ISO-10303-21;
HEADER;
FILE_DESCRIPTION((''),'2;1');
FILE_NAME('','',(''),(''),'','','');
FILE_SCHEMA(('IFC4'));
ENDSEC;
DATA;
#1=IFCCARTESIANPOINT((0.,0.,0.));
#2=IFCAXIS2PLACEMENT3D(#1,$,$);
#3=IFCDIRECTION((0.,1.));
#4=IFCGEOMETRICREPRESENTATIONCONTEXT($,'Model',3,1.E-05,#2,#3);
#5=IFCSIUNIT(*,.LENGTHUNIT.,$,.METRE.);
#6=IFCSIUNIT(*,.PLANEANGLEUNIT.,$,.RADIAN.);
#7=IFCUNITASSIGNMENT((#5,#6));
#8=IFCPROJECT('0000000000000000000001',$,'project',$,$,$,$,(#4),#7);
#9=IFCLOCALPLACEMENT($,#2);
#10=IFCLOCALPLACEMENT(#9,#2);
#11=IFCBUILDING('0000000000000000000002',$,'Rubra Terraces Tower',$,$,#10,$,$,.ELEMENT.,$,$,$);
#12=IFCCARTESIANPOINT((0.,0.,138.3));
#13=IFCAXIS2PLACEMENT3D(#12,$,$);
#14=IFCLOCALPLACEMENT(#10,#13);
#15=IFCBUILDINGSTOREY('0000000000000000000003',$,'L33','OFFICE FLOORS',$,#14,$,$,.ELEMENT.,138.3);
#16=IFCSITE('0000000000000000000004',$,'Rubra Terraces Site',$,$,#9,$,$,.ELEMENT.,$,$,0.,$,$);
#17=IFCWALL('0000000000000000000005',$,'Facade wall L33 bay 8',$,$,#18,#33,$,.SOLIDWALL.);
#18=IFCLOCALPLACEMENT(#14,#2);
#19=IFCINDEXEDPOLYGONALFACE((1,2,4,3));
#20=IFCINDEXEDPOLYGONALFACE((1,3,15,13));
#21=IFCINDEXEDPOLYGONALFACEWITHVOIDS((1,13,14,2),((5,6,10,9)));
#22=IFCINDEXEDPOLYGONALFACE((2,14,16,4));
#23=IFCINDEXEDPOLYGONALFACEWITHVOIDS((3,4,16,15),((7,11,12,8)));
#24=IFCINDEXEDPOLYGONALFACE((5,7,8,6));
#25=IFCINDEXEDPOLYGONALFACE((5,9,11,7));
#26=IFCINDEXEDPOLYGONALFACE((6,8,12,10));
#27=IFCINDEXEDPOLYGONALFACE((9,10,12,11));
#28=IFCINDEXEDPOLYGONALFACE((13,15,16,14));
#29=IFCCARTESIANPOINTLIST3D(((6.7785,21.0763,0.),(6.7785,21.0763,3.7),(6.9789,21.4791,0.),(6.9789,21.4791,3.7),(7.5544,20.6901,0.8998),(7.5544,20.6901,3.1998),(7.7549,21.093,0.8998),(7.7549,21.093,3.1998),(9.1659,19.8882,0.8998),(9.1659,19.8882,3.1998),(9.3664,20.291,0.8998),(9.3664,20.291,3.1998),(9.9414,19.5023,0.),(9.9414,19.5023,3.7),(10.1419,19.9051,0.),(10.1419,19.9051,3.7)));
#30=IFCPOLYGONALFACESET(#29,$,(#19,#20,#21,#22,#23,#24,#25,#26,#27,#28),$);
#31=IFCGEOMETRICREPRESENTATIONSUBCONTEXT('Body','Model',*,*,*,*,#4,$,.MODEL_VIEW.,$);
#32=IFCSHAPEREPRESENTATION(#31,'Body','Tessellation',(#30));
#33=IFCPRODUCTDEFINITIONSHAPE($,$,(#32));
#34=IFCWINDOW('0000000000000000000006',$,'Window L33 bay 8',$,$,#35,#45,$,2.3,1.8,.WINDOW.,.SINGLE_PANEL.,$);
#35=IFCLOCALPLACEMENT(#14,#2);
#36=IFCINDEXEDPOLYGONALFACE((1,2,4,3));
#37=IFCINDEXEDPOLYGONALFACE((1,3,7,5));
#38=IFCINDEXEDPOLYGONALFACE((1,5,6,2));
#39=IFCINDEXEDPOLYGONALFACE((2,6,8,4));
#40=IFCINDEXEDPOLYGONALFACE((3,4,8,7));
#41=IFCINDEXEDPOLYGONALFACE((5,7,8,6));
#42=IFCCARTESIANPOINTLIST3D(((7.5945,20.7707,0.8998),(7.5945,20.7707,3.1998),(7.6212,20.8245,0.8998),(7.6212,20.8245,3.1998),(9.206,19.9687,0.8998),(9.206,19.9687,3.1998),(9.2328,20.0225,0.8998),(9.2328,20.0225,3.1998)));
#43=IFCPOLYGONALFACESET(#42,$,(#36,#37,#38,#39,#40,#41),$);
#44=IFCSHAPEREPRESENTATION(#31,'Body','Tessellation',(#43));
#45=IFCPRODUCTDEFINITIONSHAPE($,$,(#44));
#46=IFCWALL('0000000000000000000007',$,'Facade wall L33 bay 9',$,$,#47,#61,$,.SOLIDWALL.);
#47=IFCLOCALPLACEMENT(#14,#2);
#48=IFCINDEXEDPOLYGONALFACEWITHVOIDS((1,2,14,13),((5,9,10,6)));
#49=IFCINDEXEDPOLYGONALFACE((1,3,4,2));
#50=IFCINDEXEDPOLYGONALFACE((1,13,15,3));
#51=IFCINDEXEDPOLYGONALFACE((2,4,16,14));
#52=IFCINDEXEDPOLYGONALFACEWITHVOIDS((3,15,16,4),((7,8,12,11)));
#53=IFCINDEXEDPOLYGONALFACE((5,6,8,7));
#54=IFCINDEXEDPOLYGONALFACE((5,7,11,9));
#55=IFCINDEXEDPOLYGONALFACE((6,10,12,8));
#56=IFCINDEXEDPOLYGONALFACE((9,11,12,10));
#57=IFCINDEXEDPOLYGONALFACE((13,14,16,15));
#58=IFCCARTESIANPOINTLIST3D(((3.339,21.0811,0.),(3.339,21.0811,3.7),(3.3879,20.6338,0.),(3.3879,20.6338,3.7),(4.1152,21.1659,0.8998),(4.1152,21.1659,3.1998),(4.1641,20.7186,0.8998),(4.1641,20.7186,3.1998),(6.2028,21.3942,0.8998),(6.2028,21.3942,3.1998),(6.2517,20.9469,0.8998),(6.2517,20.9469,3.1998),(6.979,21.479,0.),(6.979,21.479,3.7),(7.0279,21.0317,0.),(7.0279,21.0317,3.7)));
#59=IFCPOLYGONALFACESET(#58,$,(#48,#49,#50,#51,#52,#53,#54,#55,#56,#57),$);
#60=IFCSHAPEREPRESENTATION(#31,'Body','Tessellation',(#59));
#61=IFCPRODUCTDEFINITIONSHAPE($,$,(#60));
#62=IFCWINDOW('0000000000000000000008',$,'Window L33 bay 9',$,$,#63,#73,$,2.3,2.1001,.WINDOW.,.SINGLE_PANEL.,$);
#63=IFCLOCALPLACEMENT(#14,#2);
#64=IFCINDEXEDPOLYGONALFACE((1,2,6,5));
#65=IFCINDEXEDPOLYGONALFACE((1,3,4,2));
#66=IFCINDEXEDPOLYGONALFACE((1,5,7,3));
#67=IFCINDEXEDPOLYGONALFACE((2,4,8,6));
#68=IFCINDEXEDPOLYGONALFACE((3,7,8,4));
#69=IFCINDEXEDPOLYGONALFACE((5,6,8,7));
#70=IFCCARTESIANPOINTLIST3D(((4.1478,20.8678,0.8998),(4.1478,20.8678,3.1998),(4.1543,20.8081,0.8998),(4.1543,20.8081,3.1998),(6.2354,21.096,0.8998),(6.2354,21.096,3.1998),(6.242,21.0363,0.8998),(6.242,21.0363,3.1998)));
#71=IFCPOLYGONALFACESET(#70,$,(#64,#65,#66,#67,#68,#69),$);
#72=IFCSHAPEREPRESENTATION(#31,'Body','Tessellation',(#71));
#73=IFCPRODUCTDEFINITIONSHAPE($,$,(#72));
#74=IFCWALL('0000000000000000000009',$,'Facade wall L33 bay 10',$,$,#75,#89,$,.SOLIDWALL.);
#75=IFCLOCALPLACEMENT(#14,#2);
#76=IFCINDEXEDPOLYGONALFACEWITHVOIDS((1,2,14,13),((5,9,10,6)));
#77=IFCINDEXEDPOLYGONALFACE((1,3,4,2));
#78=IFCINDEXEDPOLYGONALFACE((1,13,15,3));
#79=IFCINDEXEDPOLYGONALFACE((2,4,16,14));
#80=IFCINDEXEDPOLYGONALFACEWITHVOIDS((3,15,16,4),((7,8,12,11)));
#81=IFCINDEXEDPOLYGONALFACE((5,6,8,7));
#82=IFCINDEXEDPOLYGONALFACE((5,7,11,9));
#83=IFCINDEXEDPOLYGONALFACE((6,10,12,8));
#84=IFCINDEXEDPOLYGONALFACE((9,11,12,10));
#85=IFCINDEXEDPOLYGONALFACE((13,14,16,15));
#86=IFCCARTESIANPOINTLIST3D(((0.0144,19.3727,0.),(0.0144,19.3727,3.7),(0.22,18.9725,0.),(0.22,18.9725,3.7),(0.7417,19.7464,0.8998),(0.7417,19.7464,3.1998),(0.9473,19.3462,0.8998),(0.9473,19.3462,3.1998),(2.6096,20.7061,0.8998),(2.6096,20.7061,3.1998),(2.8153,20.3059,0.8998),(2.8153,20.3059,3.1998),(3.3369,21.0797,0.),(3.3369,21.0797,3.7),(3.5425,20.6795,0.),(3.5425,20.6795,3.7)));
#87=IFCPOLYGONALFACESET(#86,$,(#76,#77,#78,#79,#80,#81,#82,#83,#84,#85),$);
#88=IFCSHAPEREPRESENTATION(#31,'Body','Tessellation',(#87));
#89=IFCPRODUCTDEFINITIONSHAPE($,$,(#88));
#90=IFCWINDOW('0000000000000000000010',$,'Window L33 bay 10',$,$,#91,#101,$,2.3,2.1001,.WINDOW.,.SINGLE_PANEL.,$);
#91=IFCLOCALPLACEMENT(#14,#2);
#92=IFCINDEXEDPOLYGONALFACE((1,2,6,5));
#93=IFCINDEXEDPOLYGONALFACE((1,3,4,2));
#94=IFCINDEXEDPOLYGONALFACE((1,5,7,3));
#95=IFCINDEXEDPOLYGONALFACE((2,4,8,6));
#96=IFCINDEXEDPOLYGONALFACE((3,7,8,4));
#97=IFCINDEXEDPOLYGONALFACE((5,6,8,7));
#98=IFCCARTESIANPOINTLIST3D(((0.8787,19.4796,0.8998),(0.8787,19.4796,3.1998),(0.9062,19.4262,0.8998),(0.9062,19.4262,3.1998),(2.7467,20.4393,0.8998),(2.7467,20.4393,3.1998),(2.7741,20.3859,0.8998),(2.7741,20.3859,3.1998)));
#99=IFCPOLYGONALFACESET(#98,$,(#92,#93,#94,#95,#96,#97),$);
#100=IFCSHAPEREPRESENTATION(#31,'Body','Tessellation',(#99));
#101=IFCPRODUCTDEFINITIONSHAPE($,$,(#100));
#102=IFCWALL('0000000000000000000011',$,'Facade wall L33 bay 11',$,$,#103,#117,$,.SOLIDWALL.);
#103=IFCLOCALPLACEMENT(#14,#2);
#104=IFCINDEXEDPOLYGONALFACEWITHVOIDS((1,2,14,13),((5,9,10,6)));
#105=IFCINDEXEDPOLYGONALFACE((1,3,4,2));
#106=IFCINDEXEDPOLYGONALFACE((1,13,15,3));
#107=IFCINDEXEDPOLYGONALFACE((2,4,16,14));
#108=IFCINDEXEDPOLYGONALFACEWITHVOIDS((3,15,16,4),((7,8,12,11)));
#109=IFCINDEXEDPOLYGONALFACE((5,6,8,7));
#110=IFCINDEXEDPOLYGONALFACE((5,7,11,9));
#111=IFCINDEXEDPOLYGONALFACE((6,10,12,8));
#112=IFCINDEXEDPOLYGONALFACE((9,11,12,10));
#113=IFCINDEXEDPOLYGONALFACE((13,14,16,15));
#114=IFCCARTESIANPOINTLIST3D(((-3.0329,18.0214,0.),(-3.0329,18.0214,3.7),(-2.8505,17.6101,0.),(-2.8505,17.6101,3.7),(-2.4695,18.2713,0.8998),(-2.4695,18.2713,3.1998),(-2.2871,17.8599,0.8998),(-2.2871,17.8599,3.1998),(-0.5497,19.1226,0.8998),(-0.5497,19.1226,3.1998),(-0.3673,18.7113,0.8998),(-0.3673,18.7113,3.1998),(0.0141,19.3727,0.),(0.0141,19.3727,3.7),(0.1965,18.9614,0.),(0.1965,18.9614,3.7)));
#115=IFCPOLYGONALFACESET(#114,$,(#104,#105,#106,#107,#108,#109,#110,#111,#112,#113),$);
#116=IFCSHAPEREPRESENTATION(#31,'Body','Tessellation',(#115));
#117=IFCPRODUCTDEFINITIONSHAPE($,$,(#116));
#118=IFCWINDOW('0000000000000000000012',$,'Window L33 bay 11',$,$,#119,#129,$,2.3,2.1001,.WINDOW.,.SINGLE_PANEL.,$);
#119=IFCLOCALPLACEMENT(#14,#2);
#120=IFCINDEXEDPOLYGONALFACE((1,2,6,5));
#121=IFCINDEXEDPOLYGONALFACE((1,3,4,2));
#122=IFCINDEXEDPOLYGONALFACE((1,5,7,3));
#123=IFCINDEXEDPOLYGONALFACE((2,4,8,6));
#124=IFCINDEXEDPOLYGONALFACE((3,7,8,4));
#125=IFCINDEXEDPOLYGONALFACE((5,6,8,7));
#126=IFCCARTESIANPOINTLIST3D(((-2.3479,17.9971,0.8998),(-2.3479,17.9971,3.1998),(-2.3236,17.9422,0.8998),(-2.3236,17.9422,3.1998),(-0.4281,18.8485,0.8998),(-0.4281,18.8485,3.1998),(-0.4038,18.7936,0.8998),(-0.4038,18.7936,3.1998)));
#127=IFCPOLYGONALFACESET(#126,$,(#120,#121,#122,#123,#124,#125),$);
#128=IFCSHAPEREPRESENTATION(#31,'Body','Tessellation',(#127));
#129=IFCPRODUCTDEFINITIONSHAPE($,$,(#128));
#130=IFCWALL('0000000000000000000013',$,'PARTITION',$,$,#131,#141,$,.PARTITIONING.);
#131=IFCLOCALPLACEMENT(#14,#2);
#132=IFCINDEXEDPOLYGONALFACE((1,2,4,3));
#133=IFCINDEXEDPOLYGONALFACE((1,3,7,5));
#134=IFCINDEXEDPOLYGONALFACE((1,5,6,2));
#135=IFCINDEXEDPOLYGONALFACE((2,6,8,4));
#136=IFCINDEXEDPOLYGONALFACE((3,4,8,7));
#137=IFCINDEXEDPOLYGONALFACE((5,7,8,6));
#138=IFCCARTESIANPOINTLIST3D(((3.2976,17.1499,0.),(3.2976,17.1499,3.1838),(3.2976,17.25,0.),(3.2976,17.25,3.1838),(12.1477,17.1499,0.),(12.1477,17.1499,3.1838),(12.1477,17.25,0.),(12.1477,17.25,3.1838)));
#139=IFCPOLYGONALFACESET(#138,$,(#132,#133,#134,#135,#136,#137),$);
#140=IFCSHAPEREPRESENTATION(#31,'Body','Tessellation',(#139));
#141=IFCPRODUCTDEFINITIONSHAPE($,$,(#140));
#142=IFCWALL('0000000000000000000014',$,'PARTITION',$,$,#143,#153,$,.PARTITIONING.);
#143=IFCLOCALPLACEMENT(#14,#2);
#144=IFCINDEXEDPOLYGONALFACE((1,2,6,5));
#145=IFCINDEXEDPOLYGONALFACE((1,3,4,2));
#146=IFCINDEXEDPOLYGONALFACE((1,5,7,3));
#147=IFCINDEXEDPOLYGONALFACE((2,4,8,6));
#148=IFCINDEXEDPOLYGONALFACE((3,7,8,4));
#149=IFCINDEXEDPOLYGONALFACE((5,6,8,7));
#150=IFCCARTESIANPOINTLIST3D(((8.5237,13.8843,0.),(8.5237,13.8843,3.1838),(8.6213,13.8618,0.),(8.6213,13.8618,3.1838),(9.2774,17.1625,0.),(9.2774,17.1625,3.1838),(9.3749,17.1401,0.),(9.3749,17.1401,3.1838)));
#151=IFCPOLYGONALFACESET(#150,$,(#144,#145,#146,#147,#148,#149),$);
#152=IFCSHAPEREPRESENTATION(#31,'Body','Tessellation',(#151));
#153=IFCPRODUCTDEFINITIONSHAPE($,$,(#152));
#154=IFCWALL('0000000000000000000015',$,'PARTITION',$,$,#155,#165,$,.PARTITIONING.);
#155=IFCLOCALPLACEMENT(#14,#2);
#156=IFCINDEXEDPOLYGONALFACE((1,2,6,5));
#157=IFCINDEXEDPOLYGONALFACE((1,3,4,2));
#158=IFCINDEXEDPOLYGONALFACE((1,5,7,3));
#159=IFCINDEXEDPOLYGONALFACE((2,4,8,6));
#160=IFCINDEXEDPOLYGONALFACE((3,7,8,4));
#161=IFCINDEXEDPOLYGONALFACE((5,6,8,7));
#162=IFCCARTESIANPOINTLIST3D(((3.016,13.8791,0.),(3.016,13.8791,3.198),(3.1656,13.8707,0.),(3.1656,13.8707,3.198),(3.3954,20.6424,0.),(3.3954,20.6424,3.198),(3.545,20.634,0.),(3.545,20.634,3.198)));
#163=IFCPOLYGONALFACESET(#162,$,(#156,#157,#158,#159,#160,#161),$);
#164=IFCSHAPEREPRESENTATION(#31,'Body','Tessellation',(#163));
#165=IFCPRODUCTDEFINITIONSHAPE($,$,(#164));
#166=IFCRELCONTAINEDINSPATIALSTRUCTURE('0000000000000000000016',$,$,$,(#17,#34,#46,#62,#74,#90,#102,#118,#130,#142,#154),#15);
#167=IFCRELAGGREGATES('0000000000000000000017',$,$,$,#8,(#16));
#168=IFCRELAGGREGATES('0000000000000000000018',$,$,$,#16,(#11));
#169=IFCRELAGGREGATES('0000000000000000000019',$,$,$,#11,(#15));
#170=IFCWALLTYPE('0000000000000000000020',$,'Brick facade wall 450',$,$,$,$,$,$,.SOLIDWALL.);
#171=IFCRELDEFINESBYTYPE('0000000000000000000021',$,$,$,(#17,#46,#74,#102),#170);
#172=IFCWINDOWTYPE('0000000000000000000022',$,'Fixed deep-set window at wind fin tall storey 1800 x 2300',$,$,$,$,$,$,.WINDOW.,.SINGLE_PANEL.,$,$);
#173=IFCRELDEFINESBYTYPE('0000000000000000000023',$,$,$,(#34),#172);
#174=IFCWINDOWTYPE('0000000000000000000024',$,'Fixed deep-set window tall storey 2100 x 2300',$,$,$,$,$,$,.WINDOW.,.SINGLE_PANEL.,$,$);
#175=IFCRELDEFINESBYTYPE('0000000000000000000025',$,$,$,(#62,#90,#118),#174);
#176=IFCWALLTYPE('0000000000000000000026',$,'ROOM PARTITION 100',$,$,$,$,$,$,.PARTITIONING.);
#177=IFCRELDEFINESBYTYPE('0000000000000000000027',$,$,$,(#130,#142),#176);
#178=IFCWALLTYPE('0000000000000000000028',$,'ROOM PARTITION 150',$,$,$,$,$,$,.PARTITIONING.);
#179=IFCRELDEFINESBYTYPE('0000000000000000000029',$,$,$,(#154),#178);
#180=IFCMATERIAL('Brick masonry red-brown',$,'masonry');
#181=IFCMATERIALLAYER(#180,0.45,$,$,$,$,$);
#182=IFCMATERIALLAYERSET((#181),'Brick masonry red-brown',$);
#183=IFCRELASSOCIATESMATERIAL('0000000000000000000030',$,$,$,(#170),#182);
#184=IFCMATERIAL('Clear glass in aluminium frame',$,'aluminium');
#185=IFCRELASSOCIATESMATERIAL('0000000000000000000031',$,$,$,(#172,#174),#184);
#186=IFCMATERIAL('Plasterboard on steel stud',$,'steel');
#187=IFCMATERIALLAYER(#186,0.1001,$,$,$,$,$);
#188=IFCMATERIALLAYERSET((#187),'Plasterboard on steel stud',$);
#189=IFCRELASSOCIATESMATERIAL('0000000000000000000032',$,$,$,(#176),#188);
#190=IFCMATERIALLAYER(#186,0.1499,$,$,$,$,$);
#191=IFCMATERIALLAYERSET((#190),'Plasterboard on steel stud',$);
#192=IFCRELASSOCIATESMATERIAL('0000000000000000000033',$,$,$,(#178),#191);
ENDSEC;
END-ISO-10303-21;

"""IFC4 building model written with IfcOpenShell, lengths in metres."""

from ifc_helpers import new_model, si_unit, direction, frame, frame_2d, origin, place, context, subcontext, project, spatial, rectangle, extrude, material, layer, layer_set, type_object, element, fill, save


model = new_model("IFC4")

# Units and contexts
model_context = context("Model", 3, precision=1e-05, world=origin(), true_north=direction((0.0, 1.0)))
body_context = subcontext(model_context, "Body", "Model", "MODEL_VIEW")
ifc_project = project(units=[si_unit("LENGTHUNIT", "METRE"), si_unit("PLANEANGLEUNIT", "RADIAN")], contexts=[model_context])

# Site, building, storey
site_placement = place(None, origin())
site = spatial("IfcSite", under=ifc_project, at=site_placement, Name="Rubra Terraces Site", CompositionType="ELEMENT", RefElevation=0.0)
building_placement = place(site_placement, origin())
building = spatial("IfcBuilding", under=site, at=building_placement, Name="Rubra Terraces Tower", CompositionType="ELEMENT")
storey_placement = place(building_placement, frame((0.0, 0.0, 138.3)))
storey = spatial("IfcBuildingStorey", under=building, at=storey_placement, Name="L33", Description="OFFICE FLOORS", CompositionType="ELEMENT", Elevation=138.3)

# Walls, openings, windows
ifc_material_1 = material(Name="Brick masonry red-brown", Category="masonry")
ifc_layer_1 = layer(ifc_material_1, 0.45)
ifc_layer_set_1 = layer_set([ifc_layer_1], Name="Brick masonry red-brown")
wall_type_1 = type_object("IfcWallType", Name="Brick facade wall 450", PredefinedType="SOLIDWALL", material=ifc_layer_set_1)
wall_1_placement = place(storey_placement, frame((10.0417, 19.7036, 0.0), z_axis=(0.0, 0.0, 1.0), x_axis=(-0.895269, 0.445527, 0.0)))
wall_1 = element("IfcWall", 1, at=wall_1_placement, inside=storey, type_object=wall_type_1, Name="Facade wall L33 bay 8", PredefinedType="SOLIDWALL", context=body_context, shape_type="SweptSolid", body=[
    extrude(rectangle(XDim=3.533, YDim=0.45, at=frame_2d((1.7666, 0.0))), origin(), (0.0, 0.0, 1.0), 3.7),
])
opening_1_placement = place(wall_1_placement, frame((0.8665, 0.0, 0.8999)))
opening_1 = element("IfcOpeningElement", 2, at=opening_1_placement, cuts=wall_1, PredefinedType="OPENING", context=body_context, shape_type="SweptSolid", body=[
    extrude(rectangle(XDim=1.8, YDim=2.3, at=frame_2d((0.8999, 1.1499))), frame((0.0, 0.2349, 0.0), z_axis=(0.0, -1.0, 0.0), x_axis=(1.0, 0.0, 0.0)), (0.0, 0.0, 1.0), 0.47),
])
ifc_material_2 = material(Name="Clear glass in aluminium frame", Category="aluminium")
window_type_1 = type_object("IfcWindowType", Name="Fixed deep-set window at wind fin tall storey 1800 x 2300", PartitioningType="SINGLE_PANEL", PredefinedType="WINDOW", material=ifc_material_2)
window_1_placement = place(opening_1_placement, origin())
window_1 = element("IfcWindow", 3, at=window_1_placement, inside=storey, type_object=window_type_1, Name="Window L33 bay 8", OverallHeight=2.3, OverallWidth=1.8, PartitioningType="SINGLE_PANEL", PredefinedType="WINDOW", context=body_context, shape_type="SweptSolid", body=[
    extrude(rectangle(XDim=1.8, YDim=2.3, at=frame_2d((0.8999, 1.1499))), frame((0.0, 0.135, 0.0), z_axis=(0.0, -1.0, 0.0), x_axis=(1.0, 0.0, 0.0)), (0.0, 0.0, 1.0), 0.0601),
])
fill(opening_1, window_1)
wall_2_placement = place(storey_placement, frame((7.0034, 21.2554, 0.0), z_axis=(0.0, 0.0, 1.0), x_axis=(-0.994077, -0.108682, 0.0)))
wall_2 = element("IfcWall", 4, at=wall_2_placement, inside=storey, type_object=wall_type_1, Name="Facade wall L33 bay 9", PredefinedType="SOLIDWALL", context=body_context, shape_type="SweptSolid", body=[
    extrude(rectangle(XDim=3.6616, YDim=0.45, at=frame_2d((1.8308, 0.0))), origin(), (0.0, 0.0, 1.0), 3.7),
])
opening_2_placement = place(wall_2_placement, frame((0.7808, 0.0, 0.8999)))
opening_2 = element("IfcOpeningElement", 5, at=opening_2_placement, cuts=wall_2, PredefinedType="OPENING", context=body_context, shape_type="SweptSolid", body=[
    extrude(rectangle(XDim=2.1001, YDim=2.3, at=frame_2d((1.05, 1.1499))), frame((0.0, 0.2349, 0.0), z_axis=(0.0, -1.0, 0.0), x_axis=(1.0, 0.0, 0.0)), (0.0, 0.0, 1.0), 0.47),
])
window_type_2 = type_object("IfcWindowType", Name="Fixed deep-set window tall storey 2100 x 2300", PartitioningType="SINGLE_PANEL", PredefinedType="WINDOW", material=ifc_material_2)
window_2_placement = place(opening_2_placement, origin())
window_2 = element("IfcWindow", 6, at=window_2_placement, inside=storey, type_object=window_type_2, Name="Window L33 bay 9", OverallHeight=2.3, OverallWidth=2.1001, PartitioningType="SINGLE_PANEL", PredefinedType="WINDOW", context=body_context, shape_type="SweptSolid", body=[
    extrude(rectangle(XDim=2.1001, YDim=2.3, at=frame_2d((1.05, 1.1499))), frame((0.0, 0.135, 0.0), z_axis=(0.0, -1.0, 0.0), x_axis=(1.0, 0.0, 0.0)), (0.0, 0.0, 1.0), 0.0601),
])
fill(opening_2, window_2)
wall_3_placement = place(storey_placement, frame((3.4397, 20.8796, 0.0), z_axis=(0.0, 0.0, 1.0), x_axis=(-0.889472, -0.456991, 0.0)))
wall_3 = element("IfcWall", 7, at=wall_3_placement, inside=storey, type_object=wall_type_1, Name="Facade wall L33 bay 10", PredefinedType="SOLIDWALL", context=body_context, shape_type="SweptSolid", body=[
    extrude(rectangle(XDim=3.7354, YDim=0.45, at=frame_2d((1.8677, 0.0))), origin(), (0.0, 0.0, 1.0), 3.7),
])
opening_3_placement = place(wall_3_placement, frame((0.8176, 0.0, 0.8999)))
opening_3 = element("IfcOpeningElement", 8, at=opening_3_placement, cuts=wall_3, PredefinedType="OPENING", context=body_context, shape_type="SweptSolid", body=[
    extrude(rectangle(XDim=2.1001, YDim=2.3, at=frame_2d((1.05, 1.1499))), frame((0.0, 0.2349, 0.0), z_axis=(0.0, -1.0, 0.0), x_axis=(1.0, 0.0, 0.0)), (0.0, 0.0, 1.0), 0.47),
])
window_3_placement = place(opening_3_placement, origin())
window_3 = element("IfcWindow", 9, at=window_3_placement, inside=storey, type_object=window_type_2, Name="Window L33 bay 10", OverallHeight=2.3, OverallWidth=2.1001, PartitioningType="SINGLE_PANEL", PredefinedType="WINDOW", context=body_context, shape_type="SweptSolid", body=[
    extrude(rectangle(XDim=2.1001, YDim=2.3, at=frame_2d((1.05, 1.1499))), frame((0.0, 0.135, 0.0), z_axis=(0.0, -1.0, 0.0), x_axis=(1.0, 0.0, 0.0)), (0.0, 0.0, 1.0), 0.0601),
])
fill(opening_3, window_3)
wall_4_placement = place(storey_placement, frame((0.1052, 19.167, 0.0), z_axis=(0.0, 0.0, 1.0), x_axis=(-0.91414, -0.405398, 0.0)))
wall_4 = element("IfcWall", 10, at=wall_4_placement, inside=storey, type_object=wall_type_1, Name="Facade wall L33 bay 11", PredefinedType="SOLIDWALL", context=body_context, shape_type="SweptSolid", body=[
    extrude(rectangle(XDim=3.3333, YDim=0.45, at=frame_2d((1.6665, 0.0))), origin(), (0.0, 0.0, 1.0), 3.7),
])
opening_4_placement = place(wall_4_placement, frame((0.6167, 0.0, 0.8999)))
opening_4 = element("IfcOpeningElement", 11, at=opening_4_placement, cuts=wall_4, PredefinedType="OPENING", context=body_context, shape_type="SweptSolid", body=[
    extrude(rectangle(XDim=2.1001, YDim=2.3, at=frame_2d((1.05, 1.1499))), frame((0.0, 0.2349, 0.0), z_axis=(0.0, -1.0, 0.0), x_axis=(1.0, 0.0, 0.0)), (0.0, 0.0, 1.0), 0.47),
])
window_4_placement = place(opening_4_placement, origin())
window_4 = element("IfcWindow", 12, at=window_4_placement, inside=storey, type_object=window_type_2, Name="Window L33 bay 11", OverallHeight=2.3, OverallWidth=2.1001, PartitioningType="SINGLE_PANEL", PredefinedType="WINDOW", context=body_context, shape_type="SweptSolid", body=[
    extrude(rectangle(XDim=2.1001, YDim=2.3, at=frame_2d((1.05, 1.1499))), frame((0.0, 0.135, 0.0), z_axis=(0.0, -1.0, 0.0), x_axis=(1.0, 0.0, 0.0)), (0.0, 0.0, 1.0), 0.0601),
])
fill(opening_4, window_4)

# Walls
ifc_material_3 = material(Name="Plasterboard on steel stud", Category="steel")
ifc_layer_2 = layer(ifc_material_3, 0.1001)
ifc_layer_set_2 = layer_set([ifc_layer_2], Name="Plasterboard on steel stud")
wall_type_2 = type_object("IfcWallType", Name="ROOM PARTITION 100", PredefinedType="PARTITIONING", material=ifc_layer_set_2)
wall_5_placement = place(storey_placement, frame((3.2976, 17.2, 0.0), z_axis=(0.0, 0.0, 1.0), x_axis=(1.0, 0.0, 0.0)))
element("IfcWall", 13, at=wall_5_placement, inside=storey, type_object=wall_type_2, Name="PARTITION", PredefinedType="PARTITIONING", context=body_context, shape_type="SweptSolid", body=[
    extrude(rectangle(XDim=8.8501, YDim=0.1001, at=frame_2d((4.425, 0.0))), origin(), (0.0, 0.0, 1.0), 3.1838),
])
wall_6_placement = place(storey_placement, frame((8.5725, 13.873, 0.0), z_axis=(0.0, 0.0, 1.0), x_axis=(0.224048, 0.974578, 0.0)))
element("IfcWall", 14, at=wall_6_placement, inside=storey, type_object=wall_type_2, Name="PARTITION", PredefinedType="PARTITIONING", context=body_context, shape_type="SweptSolid", body=[
    extrude(rectangle(XDim=3.3638, YDim=0.1001, at=frame_2d((1.6819, 0.0))), origin(), (0.0, 0.0, 1.0), 3.1838),
])
ifc_layer_3 = layer(ifc_material_3, 0.1499)
ifc_layer_set_3 = layer_set([ifc_layer_3], Name="Plasterboard on steel stud")
wall_type_3 = type_object("IfcWallType", Name="ROOM PARTITION 150", PredefinedType="PARTITIONING", material=ifc_layer_set_3)
wall_7_placement = place(storey_placement, frame((3.4702, 20.6382, 0.0), z_axis=(0.0, 0.0, 1.0), x_axis=(-0.056009, -0.99843, 0.0)))
element("IfcWall", 15, at=wall_7_placement, inside=storey, type_object=wall_type_3, Name="PARTITION", PredefinedType="PARTITIONING", context=body_context, shape_type="SweptSolid", body=[
    extrude(rectangle(XDim=6.7739, YDim=0.1499, at=frame_2d((3.387, 0.0))), origin(), (0.0, 0.0, 1.0), 3.198),
])

save(model, "model.ifc")
